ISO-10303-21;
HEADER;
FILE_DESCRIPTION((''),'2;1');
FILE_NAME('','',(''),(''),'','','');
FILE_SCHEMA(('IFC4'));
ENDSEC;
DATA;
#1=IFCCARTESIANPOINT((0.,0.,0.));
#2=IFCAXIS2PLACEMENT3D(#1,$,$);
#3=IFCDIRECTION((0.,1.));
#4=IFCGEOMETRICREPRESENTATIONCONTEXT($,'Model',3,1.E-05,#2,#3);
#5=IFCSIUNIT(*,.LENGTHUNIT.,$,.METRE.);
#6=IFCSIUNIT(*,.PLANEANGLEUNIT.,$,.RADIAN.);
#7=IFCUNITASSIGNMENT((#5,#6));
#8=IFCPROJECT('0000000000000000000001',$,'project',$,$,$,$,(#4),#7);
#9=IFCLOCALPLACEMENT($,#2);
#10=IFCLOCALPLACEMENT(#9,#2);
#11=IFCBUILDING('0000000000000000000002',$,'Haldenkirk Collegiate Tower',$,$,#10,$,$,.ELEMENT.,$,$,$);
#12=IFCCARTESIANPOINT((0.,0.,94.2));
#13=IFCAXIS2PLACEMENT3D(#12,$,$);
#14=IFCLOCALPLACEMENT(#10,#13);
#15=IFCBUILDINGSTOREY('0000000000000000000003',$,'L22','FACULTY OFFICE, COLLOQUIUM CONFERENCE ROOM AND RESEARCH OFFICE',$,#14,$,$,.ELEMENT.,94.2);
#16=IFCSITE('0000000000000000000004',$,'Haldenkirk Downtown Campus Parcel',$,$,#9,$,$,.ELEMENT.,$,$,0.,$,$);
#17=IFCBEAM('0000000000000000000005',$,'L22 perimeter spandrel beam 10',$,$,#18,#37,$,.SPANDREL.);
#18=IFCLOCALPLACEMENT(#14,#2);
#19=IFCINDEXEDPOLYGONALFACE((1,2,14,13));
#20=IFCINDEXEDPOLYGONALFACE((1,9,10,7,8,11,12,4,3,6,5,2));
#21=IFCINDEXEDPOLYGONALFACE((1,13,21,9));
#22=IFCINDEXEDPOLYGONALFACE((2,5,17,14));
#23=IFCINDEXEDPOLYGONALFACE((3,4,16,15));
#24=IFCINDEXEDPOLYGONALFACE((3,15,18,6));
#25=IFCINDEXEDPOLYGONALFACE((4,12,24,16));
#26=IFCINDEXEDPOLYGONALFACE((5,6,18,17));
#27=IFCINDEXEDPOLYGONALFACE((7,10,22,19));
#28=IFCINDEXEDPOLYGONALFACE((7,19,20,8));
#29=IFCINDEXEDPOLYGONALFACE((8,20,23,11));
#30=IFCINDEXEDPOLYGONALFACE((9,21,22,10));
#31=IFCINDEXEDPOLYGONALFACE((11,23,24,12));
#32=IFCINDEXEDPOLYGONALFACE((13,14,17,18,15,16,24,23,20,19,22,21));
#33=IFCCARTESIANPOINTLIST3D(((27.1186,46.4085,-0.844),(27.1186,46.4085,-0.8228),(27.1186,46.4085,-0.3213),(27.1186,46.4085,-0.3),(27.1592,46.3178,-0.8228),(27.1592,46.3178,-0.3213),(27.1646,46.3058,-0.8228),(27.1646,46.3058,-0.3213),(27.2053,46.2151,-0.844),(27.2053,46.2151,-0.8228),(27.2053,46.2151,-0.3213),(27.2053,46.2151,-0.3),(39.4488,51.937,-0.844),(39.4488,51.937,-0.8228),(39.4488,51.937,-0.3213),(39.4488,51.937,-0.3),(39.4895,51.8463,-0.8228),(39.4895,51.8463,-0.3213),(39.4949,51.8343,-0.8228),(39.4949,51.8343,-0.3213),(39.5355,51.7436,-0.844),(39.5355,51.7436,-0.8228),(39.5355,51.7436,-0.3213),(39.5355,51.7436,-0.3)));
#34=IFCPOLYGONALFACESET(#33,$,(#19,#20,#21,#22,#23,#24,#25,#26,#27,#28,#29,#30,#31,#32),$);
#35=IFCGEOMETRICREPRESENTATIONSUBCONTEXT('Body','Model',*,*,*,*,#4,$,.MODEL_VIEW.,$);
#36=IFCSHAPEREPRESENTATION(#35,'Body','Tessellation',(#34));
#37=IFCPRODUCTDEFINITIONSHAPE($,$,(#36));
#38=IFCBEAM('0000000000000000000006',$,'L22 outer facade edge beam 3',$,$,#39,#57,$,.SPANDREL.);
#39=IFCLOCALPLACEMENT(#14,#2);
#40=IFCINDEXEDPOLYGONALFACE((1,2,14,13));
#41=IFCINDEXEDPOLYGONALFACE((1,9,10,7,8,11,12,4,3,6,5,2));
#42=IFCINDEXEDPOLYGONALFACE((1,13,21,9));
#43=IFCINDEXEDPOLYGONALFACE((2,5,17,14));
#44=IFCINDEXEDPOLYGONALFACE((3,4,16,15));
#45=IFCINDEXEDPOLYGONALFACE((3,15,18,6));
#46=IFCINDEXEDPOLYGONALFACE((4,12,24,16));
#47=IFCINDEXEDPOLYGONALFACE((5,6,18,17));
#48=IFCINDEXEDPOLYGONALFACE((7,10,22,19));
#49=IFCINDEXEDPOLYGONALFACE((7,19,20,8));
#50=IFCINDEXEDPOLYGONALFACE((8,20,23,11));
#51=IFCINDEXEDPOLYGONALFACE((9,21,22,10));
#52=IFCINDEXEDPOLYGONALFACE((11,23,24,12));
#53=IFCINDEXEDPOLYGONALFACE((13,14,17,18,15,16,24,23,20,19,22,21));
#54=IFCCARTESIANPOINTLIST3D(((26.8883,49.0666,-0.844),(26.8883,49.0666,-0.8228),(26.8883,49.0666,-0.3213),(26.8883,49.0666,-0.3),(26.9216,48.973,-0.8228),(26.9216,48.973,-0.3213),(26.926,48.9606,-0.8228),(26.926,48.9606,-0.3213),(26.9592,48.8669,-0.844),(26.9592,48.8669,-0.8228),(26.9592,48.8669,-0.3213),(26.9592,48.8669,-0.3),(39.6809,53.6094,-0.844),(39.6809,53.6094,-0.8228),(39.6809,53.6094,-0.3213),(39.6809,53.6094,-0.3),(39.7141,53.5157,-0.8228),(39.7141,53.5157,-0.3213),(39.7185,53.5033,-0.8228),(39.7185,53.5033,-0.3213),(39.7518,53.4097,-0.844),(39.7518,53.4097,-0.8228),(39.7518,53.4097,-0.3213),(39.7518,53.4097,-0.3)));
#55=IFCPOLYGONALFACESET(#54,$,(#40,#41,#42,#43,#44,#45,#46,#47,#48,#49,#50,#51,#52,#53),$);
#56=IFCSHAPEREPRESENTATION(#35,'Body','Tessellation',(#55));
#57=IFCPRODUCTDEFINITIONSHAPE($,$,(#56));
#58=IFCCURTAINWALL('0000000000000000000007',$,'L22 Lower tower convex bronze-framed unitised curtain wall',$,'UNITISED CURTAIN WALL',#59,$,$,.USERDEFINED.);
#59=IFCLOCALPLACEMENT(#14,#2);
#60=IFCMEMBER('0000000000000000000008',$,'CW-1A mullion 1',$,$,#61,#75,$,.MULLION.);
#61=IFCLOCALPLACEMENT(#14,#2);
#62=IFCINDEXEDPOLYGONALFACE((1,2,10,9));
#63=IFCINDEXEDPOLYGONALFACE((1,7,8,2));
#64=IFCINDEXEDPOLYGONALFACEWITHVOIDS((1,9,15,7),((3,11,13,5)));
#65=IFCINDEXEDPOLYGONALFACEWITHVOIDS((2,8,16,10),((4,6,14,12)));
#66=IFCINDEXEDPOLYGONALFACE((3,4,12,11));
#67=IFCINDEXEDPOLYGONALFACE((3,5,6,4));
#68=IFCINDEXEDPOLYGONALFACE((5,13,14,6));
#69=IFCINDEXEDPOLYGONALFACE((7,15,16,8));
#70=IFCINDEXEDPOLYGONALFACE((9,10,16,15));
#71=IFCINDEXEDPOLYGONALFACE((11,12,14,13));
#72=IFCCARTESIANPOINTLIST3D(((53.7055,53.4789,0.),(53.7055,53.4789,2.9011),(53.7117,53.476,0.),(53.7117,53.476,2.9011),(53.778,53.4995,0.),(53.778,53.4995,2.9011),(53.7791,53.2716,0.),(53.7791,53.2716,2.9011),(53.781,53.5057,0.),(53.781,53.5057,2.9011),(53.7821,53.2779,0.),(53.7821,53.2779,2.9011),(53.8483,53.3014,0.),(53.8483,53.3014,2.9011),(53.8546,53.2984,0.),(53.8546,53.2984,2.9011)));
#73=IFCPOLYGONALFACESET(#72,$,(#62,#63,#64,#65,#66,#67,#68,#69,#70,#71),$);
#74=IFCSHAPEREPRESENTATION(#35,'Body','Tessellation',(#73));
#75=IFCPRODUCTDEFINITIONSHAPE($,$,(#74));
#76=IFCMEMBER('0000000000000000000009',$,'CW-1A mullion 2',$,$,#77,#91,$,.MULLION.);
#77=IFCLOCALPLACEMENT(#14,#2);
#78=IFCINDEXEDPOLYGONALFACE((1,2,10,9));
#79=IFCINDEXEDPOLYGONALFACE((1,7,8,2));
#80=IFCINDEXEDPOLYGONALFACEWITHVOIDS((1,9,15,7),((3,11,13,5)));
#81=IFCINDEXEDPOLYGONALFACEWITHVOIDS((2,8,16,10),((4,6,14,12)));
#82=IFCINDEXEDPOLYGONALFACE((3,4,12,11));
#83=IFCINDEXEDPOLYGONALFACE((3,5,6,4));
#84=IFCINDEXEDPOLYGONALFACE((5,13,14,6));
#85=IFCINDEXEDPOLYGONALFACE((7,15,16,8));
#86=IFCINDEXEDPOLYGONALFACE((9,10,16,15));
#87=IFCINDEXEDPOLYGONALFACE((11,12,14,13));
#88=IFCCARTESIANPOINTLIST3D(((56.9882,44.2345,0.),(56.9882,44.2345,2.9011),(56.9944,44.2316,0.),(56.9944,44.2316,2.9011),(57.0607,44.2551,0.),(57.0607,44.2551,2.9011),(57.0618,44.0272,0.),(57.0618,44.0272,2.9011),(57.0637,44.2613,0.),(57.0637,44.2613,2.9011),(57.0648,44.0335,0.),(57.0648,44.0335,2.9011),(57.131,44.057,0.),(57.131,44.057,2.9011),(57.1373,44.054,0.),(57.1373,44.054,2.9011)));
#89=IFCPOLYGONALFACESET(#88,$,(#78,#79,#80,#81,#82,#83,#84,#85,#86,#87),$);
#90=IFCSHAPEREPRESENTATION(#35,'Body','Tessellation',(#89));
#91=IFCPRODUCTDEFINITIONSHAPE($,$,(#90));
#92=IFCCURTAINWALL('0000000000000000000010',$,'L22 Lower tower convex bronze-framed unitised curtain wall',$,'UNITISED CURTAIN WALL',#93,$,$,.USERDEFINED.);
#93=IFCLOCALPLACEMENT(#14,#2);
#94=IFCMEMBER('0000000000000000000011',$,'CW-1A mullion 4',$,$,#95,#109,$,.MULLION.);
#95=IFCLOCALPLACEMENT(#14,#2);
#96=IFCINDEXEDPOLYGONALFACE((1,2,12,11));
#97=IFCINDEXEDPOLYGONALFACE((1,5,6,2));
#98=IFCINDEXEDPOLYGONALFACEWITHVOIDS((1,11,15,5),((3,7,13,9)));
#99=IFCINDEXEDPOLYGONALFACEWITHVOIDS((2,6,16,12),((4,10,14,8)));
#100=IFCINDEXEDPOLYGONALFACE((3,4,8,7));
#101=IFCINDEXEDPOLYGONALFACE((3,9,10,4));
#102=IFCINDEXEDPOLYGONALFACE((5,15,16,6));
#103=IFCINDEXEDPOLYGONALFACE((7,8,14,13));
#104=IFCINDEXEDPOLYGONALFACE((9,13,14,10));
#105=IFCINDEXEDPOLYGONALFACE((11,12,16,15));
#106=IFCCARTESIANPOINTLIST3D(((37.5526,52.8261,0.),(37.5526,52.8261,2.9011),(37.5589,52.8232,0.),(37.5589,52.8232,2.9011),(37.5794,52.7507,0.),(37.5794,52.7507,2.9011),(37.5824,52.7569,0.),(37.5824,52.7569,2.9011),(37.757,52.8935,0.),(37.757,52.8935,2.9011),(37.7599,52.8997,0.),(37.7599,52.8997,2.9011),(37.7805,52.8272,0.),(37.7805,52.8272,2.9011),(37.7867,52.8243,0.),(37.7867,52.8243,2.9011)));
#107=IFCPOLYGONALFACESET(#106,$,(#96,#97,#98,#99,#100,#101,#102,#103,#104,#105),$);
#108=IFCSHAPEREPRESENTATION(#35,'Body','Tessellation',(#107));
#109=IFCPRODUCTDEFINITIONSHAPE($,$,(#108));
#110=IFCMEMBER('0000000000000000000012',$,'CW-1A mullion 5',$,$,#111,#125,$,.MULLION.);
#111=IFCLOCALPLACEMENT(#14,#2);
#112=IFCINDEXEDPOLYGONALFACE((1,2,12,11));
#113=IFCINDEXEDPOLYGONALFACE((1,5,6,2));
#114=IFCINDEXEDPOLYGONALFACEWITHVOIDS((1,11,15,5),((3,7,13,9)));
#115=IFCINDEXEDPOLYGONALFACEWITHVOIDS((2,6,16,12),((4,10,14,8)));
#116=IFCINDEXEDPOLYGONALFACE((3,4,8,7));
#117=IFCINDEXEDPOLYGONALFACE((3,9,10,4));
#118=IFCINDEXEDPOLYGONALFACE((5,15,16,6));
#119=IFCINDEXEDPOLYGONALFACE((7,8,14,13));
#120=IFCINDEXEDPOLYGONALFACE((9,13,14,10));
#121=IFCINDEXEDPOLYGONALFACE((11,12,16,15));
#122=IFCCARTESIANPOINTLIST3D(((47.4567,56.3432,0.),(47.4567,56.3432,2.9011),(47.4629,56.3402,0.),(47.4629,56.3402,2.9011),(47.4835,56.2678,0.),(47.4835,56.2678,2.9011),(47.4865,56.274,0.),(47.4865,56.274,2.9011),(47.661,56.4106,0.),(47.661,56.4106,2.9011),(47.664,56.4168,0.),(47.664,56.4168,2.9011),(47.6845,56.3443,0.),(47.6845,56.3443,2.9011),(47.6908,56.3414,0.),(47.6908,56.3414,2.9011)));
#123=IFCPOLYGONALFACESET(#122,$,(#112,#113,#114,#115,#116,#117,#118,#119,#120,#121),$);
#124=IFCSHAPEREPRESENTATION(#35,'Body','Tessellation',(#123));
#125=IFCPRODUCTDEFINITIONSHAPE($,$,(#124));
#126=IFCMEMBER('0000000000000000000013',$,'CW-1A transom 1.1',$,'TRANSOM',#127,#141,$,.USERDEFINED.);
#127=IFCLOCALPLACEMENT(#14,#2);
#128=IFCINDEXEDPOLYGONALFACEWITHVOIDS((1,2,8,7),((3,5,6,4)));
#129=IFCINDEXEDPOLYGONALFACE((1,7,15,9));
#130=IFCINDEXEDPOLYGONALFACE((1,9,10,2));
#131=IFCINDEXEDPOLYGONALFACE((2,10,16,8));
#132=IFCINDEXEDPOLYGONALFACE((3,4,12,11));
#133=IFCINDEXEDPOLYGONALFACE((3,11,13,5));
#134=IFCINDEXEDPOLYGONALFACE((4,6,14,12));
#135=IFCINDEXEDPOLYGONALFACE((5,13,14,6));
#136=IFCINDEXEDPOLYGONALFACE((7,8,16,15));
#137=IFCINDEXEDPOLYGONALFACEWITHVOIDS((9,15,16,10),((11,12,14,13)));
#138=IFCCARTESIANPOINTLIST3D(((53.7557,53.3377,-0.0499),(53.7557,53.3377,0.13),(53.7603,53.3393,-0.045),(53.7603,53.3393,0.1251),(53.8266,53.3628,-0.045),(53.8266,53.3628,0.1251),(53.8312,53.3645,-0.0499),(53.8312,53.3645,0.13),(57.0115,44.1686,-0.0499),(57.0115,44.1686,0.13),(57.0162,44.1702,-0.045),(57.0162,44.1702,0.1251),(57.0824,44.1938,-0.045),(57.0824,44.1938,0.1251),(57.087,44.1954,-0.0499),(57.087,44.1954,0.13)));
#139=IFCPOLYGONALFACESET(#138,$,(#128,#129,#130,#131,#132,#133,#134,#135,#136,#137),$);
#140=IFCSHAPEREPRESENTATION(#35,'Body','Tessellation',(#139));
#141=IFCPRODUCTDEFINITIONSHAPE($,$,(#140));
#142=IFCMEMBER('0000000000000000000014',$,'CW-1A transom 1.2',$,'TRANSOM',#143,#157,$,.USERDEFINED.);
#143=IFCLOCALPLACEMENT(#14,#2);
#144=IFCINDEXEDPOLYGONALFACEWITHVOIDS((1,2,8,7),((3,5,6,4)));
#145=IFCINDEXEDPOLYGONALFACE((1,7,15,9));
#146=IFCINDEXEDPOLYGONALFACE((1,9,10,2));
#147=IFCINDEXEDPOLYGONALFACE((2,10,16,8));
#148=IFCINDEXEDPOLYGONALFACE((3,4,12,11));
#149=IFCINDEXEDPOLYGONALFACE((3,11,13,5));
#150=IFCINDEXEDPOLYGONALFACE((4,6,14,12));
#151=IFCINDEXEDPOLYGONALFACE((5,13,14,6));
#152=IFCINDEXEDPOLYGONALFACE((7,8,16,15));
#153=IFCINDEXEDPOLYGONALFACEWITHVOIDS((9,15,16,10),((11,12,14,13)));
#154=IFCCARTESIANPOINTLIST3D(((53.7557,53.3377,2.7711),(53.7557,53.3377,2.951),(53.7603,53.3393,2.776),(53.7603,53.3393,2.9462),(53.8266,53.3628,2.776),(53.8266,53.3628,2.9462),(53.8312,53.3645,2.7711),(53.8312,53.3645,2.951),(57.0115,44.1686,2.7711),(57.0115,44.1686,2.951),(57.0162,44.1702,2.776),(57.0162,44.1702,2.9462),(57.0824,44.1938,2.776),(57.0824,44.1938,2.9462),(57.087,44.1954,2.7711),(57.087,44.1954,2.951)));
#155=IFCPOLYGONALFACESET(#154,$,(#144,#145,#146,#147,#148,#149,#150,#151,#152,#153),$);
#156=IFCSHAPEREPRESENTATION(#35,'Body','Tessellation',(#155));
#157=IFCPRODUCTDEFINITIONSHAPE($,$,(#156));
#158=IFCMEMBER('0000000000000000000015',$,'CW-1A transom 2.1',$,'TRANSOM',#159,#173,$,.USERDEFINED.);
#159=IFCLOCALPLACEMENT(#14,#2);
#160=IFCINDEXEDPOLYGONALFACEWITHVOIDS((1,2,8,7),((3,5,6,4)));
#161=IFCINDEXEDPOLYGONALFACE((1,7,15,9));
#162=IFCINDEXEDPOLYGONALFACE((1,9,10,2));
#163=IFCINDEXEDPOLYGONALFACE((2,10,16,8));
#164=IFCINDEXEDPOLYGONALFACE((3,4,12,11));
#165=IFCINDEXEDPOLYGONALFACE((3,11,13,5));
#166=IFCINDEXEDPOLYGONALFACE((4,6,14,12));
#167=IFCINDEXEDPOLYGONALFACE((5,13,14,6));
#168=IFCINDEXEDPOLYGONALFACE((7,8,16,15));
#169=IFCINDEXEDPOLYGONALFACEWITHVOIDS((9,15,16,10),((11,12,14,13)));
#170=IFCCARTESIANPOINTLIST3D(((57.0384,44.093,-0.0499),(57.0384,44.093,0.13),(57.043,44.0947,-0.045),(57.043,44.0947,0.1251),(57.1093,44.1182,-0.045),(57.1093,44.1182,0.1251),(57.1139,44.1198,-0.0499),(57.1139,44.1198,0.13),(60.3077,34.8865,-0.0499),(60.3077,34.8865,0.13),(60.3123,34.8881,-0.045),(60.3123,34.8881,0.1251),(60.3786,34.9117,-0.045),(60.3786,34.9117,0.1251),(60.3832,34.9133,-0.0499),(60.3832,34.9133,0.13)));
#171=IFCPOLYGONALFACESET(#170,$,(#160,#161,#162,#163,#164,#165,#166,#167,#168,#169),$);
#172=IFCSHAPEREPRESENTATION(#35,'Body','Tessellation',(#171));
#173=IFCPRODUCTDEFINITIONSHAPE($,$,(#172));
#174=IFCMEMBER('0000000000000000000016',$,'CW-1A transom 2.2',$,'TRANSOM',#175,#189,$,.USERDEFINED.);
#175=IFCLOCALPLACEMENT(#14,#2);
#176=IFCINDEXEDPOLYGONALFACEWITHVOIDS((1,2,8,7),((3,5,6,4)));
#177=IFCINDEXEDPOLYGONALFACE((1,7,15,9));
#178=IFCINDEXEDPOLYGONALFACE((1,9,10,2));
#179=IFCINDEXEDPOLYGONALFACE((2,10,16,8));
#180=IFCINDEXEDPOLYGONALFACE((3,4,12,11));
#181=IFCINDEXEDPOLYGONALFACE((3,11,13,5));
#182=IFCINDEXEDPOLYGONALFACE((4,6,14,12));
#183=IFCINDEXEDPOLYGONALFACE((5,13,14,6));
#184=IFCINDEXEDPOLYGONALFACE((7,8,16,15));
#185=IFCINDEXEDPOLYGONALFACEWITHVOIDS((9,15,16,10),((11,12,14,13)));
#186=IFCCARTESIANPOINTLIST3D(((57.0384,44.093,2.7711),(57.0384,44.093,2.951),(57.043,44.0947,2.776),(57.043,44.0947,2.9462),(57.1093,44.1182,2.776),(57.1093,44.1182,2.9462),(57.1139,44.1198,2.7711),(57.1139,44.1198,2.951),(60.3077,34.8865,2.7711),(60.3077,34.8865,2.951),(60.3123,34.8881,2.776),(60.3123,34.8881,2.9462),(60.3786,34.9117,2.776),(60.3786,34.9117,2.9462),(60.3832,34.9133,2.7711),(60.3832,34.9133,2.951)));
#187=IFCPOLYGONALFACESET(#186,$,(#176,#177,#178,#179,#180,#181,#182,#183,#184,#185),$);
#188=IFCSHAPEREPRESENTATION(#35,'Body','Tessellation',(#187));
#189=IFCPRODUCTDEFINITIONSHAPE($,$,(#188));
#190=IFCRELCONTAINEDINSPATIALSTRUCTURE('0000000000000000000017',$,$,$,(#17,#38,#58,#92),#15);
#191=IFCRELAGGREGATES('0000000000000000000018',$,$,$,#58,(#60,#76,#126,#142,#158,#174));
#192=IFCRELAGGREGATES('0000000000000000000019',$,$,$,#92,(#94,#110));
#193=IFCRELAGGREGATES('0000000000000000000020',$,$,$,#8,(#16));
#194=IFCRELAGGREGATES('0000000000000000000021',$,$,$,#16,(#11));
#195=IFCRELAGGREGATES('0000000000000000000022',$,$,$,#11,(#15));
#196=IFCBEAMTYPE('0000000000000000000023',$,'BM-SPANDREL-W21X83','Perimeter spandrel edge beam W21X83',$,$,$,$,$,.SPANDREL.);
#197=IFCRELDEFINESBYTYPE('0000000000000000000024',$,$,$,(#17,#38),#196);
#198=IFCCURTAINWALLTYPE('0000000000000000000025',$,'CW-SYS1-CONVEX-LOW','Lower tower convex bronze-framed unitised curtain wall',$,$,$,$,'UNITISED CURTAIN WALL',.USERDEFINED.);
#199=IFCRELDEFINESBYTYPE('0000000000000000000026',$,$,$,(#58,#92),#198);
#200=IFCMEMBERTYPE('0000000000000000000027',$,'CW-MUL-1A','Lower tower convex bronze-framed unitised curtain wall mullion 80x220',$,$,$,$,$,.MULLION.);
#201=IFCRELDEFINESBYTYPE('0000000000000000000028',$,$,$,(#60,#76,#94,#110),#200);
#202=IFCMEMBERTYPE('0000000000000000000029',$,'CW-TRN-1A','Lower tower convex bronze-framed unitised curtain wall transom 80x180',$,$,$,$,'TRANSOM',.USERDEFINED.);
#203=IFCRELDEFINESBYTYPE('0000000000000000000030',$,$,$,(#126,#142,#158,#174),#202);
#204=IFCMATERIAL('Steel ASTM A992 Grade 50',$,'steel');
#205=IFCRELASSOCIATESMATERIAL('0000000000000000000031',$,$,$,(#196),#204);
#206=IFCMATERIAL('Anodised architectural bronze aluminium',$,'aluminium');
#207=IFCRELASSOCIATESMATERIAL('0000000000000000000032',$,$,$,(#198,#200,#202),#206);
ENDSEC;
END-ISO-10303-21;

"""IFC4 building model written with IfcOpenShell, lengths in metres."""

from ifc_helpers import new_model, si_unit, direction, frame, origin, origin_2d, place, context, subcontext, project, spatial, hollow_rectangle, i_section, extrude, material, material_profile, profile_set, type_object, element, aggregate, save


model = new_model("IFC4")

# Units and contexts
model_context = context("Model", 3, precision=1e-05, world=origin(), true_north=direction((0.0, 1.0)))
body_context = subcontext(model_context, "Body", "Model", "MODEL_VIEW")
ifc_project = project(units=[si_unit("LENGTHUNIT", "METRE"), si_unit("PLANEANGLEUNIT", "RADIAN")], contexts=[model_context])

# Site, building, storey
site_placement = place(None, origin())
site = spatial("IfcSite", under=ifc_project, at=site_placement, Name="Haldenkirk Downtown Campus Parcel", CompositionType="ELEMENT", RefElevation=0.0)
building_placement = place(site_placement, origin())
building = spatial("IfcBuilding", under=site, at=building_placement, Name="Haldenkirk Collegiate Tower", CompositionType="ELEMENT")
storey_placement = place(building_placement, frame((0.0, 0.0, 94.2)))
storey = spatial("IfcBuildingStorey", under=building, at=storey_placement, Name="L22", Description="FACULTY OFFICE, COLLOQUIUM CONFERENCE ROOM AND RESEARCH OFFICE", CompositionType="ELEMENT", Elevation=94.2)

# Beams
ifc_material_1 = material(Name="Steel ASTM A992 Grade 50", Category="steel")
ifc_material_profile_1 = material_profile(ifc_material_1, i_section(OverallWidth=0.2119, OverallDepth=0.5439, WebThickness=0.0132, FlangeThickness=0.0212, at=origin_2d()), Name="W21X83")
ifc_profile_set_1 = profile_set([ifc_material_profile_1], Name="Steel ASTM A992 Grade 50")
beam_type_1 = type_object("IfcBeamType", Name="BM-SPANDREL-W21X83", Description="Perimeter spandrel edge beam W21X83", PredefinedType="SPANDREL", material=ifc_profile_set_1)
beam_1_placement = place(storey_placement, frame((39.4922, 51.8403, -0.572), z_axis=(-0.912477, -0.409129, 0.0), x_axis=(0.409129, -0.912477, 0.0)))
element("IfcBeam", 1, at=beam_1_placement, inside=storey, type_object=beam_type_1, Name="L22 perimeter spandrel beam 10", PredefinedType="SPANDREL", context=body_context, shape_type="SweptSolid", body=[
    extrude(i_section(OverallWidth=0.2119, OverallDepth=0.5439, WebThickness=0.0132, FlangeThickness=0.0212, at=origin_2d()), origin(), (0.0, 0.0, 1.0), 13.5129),
])
beam_2_placement = place(storey_placement, frame((39.7163, 53.5095, -0.572), z_axis=(-0.942347, -0.334636, 0.0), x_axis=(0.334636, -0.942347, 0.0)))
element("IfcBeam", 2, at=beam_2_placement, inside=storey, type_object=beam_type_1, Name="L22 outer facade edge beam 3", PredefinedType="SPANDREL", context=body_context, shape_type="SweptSolid", body=[
    extrude(i_section(OverallWidth=0.2119, OverallDepth=0.5439, WebThickness=0.0132, FlangeThickness=0.0212, at=origin_2d()), origin(), (0.0, 0.0, 1.0), 13.5752),
])

# Curtain walls, members
ifc_material_2 = material(Name="Anodised architectural bronze aluminium", Category="aluminium")
curtain_wall_type = type_object("IfcCurtainWallType", Name="CW-SYS1-CONVEX-LOW", Description="Lower tower convex bronze-framed unitised curtain wall", ElementType="UNITISED CURTAIN WALL", PredefinedType="USERDEFINED", material=ifc_material_2)
curtain_wall_1_placement = place(storey_placement, origin())
curtain_wall_1 = element("IfcCurtainWall", 3, at=curtain_wall_1_placement, inside=storey, type_object=curtain_wall_type, Name="L22 Lower tower convex bronze-framed unitised curtain wall", ObjectType="UNITISED CURTAIN WALL", PredefinedType="USERDEFINED")
ifc_material_profile_2 = material_profile(ifc_material_2, hollow_rectangle(XDim=0.0801, YDim=0.22, WallThickness=0.0049, at=origin_2d()), Name="CW-MUL-1A")
ifc_profile_set_2 = profile_set([ifc_material_profile_2], Name="Anodised architectural bronze aluminium")
member_type_1 = type_object("IfcMemberType", Name="CW-MUL-1A", Description="Lower tower convex bronze-framed unitised curtain wall mullion 80x220", PredefinedType="MULLION", material=ifc_profile_set_2)
member_1_placement = place(storey_placement, frame((53.78, 53.3887, 0.0), z_axis=(0.0, 0.0, 1.0), x_axis=(0.94235, 0.334629, 0.0)))
member_1 = element("IfcMember", 4, at=member_1_placement, type_object=member_type_1, Name="CW-1A mullion 1", PredefinedType="MULLION", context=body_context, shape_type="SweptSolid", body=[
    extrude(hollow_rectangle(XDim=0.0801, YDim=0.22, WallThickness=0.0049, at=origin_2d()), origin(), (0.0, 0.0, 1.0), 2.9011),
])
member_2_placement = place(storey_placement, frame((57.0627, 44.1443, 0.0), z_axis=(0.0, 0.0, 1.0), x_axis=(0.94235, 0.334629, 0.0)))
member_2 = element("IfcMember", 5, at=member_2_placement, type_object=member_type_1, Name="CW-1A mullion 2", PredefinedType="MULLION", context=body_context, shape_type="SweptSolid", body=[
    extrude(hollow_rectangle(XDim=0.0801, YDim=0.22, WallThickness=0.0049, at=origin_2d()), origin(), (0.0, 0.0, 1.0), 2.9011),
])
curtain_wall_2_placement = place(storey_placement, origin())
curtain_wall_2 = element("IfcCurtainWall", 6, at=curtain_wall_2_placement, inside=storey, type_object=curtain_wall_type, Name="L22 Lower tower convex bronze-framed unitised curtain wall", ObjectType="UNITISED CURTAIN WALL", PredefinedType="USERDEFINED")
member_3_placement = place(storey_placement, frame((37.6697, 52.8252, 0.0), z_axis=(0.0, 0.0, 1.0), x_axis=(-0.334628, 0.94235, 0.0)))
member_3 = element("IfcMember", 7, at=member_3_placement, type_object=member_type_1, Name="CW-1A mullion 4", PredefinedType="MULLION", context=body_context, shape_type="SweptSolid", body=[
    extrude(hollow_rectangle(XDim=0.0801, YDim=0.22, WallThickness=0.0049, at=origin_2d()), origin(), (0.0, 0.0, 1.0), 2.9011),
])
member_4_placement = place(storey_placement, frame((47.5737, 56.3423, 0.0), z_axis=(0.0, 0.0, 1.0), x_axis=(-0.334628, 0.94235, 0.0)))
member_4 = element("IfcMember", 8, at=member_4_placement, type_object=member_type_1, Name="CW-1A mullion 5", PredefinedType="MULLION", context=body_context, shape_type="SweptSolid", body=[
    extrude(hollow_rectangle(XDim=0.0801, YDim=0.22, WallThickness=0.0049, at=origin_2d()), origin(), (0.0, 0.0, 1.0), 2.9011),
])

# Members
ifc_material_profile_3 = material_profile(ifc_material_2, hollow_rectangle(XDim=0.0801, YDim=0.1799, WallThickness=0.0049, at=origin_2d()), Name="CW-TRN-1A")
ifc_profile_set_3 = profile_set([ifc_material_profile_3], Name="Anodised architectural bronze aluminium")
member_type_2 = type_object("IfcMemberType", Name="CW-TRN-1A", Description="Lower tower convex bronze-framed unitised curtain wall transom 80x180", ElementType="TRANSOM", PredefinedType="USERDEFINED", material=ifc_profile_set_3)
member_5_placement = place(storey_placement, frame((53.7935, 53.3511, 0.04), z_axis=(0.334618, -0.942354, 0.0), x_axis=(0.942354, 0.334618, 0.0)))
member_5 = element("IfcMember", 9, at=member_5_placement, type_object=member_type_2, Name="CW-1A transom 1.1", ObjectType="TRANSOM", PredefinedType="USERDEFINED", context=body_context, shape_type="SweptSolid", body=[
    extrude(hollow_rectangle(XDim=0.0801, YDim=0.1799, WallThickness=0.0049, at=origin_2d()), origin(), (0.0, 0.0, 1.0), 9.73),
])
member_6_placement = place(storey_placement, frame((53.7935, 53.3511, 2.8611), z_axis=(0.334618, -0.942354, 0.0), x_axis=(0.942354, 0.334618, 0.0)))
member_6 = element("IfcMember", 10, at=member_6_placement, type_object=member_type_2, Name="CW-1A transom 1.2", ObjectType="TRANSOM", PredefinedType="USERDEFINED", context=body_context, shape_type="SweptSolid", body=[
    extrude(hollow_rectangle(XDim=0.0801, YDim=0.1799, WallThickness=0.0049, at=origin_2d()), origin(), (0.0, 0.0, 1.0), 9.73),
])
member_7_placement = place(storey_placement, frame((57.0762, 44.1064, 0.04), z_axis=(0.334632, -0.942349, 0.0), x_axis=(0.942349, 0.334632, 0.0)))
member_7 = element("IfcMember", 11, at=member_7_placement, type_object=member_type_2, Name="CW-1A transom 2.1", ObjectType="TRANSOM", PredefinedType="USERDEFINED", context=body_context, shape_type="SweptSolid", body=[
    extrude(hollow_rectangle(XDim=0.0801, YDim=0.1799, WallThickness=0.0049, at=origin_2d()), origin(), (0.0, 0.0, 1.0), 9.7698),
])
member_8_placement = place(storey_placement, frame((57.0762, 44.1064, 2.8611), z_axis=(0.334632, -0.942349, 0.0), x_axis=(0.942349, 0.334632, 0.0)))
member_8 = element("IfcMember", 12, at=member_8_placement, type_object=member_type_2, Name="CW-1A transom 2.2", ObjectType="TRANSOM", PredefinedType="USERDEFINED", context=body_context, shape_type="SweptSolid", body=[
    extrude(hollow_rectangle(XDim=0.0801, YDim=0.1799, WallThickness=0.0049, at=origin_2d()), origin(), (0.0, 0.0, 1.0), 9.7698),
])

aggregate(curtain_wall_1, [member_1, member_2, member_5, member_6, member_7, member_8])
aggregate(curtain_wall_2, [member_3, member_4])

save(model, "model.ifc")
